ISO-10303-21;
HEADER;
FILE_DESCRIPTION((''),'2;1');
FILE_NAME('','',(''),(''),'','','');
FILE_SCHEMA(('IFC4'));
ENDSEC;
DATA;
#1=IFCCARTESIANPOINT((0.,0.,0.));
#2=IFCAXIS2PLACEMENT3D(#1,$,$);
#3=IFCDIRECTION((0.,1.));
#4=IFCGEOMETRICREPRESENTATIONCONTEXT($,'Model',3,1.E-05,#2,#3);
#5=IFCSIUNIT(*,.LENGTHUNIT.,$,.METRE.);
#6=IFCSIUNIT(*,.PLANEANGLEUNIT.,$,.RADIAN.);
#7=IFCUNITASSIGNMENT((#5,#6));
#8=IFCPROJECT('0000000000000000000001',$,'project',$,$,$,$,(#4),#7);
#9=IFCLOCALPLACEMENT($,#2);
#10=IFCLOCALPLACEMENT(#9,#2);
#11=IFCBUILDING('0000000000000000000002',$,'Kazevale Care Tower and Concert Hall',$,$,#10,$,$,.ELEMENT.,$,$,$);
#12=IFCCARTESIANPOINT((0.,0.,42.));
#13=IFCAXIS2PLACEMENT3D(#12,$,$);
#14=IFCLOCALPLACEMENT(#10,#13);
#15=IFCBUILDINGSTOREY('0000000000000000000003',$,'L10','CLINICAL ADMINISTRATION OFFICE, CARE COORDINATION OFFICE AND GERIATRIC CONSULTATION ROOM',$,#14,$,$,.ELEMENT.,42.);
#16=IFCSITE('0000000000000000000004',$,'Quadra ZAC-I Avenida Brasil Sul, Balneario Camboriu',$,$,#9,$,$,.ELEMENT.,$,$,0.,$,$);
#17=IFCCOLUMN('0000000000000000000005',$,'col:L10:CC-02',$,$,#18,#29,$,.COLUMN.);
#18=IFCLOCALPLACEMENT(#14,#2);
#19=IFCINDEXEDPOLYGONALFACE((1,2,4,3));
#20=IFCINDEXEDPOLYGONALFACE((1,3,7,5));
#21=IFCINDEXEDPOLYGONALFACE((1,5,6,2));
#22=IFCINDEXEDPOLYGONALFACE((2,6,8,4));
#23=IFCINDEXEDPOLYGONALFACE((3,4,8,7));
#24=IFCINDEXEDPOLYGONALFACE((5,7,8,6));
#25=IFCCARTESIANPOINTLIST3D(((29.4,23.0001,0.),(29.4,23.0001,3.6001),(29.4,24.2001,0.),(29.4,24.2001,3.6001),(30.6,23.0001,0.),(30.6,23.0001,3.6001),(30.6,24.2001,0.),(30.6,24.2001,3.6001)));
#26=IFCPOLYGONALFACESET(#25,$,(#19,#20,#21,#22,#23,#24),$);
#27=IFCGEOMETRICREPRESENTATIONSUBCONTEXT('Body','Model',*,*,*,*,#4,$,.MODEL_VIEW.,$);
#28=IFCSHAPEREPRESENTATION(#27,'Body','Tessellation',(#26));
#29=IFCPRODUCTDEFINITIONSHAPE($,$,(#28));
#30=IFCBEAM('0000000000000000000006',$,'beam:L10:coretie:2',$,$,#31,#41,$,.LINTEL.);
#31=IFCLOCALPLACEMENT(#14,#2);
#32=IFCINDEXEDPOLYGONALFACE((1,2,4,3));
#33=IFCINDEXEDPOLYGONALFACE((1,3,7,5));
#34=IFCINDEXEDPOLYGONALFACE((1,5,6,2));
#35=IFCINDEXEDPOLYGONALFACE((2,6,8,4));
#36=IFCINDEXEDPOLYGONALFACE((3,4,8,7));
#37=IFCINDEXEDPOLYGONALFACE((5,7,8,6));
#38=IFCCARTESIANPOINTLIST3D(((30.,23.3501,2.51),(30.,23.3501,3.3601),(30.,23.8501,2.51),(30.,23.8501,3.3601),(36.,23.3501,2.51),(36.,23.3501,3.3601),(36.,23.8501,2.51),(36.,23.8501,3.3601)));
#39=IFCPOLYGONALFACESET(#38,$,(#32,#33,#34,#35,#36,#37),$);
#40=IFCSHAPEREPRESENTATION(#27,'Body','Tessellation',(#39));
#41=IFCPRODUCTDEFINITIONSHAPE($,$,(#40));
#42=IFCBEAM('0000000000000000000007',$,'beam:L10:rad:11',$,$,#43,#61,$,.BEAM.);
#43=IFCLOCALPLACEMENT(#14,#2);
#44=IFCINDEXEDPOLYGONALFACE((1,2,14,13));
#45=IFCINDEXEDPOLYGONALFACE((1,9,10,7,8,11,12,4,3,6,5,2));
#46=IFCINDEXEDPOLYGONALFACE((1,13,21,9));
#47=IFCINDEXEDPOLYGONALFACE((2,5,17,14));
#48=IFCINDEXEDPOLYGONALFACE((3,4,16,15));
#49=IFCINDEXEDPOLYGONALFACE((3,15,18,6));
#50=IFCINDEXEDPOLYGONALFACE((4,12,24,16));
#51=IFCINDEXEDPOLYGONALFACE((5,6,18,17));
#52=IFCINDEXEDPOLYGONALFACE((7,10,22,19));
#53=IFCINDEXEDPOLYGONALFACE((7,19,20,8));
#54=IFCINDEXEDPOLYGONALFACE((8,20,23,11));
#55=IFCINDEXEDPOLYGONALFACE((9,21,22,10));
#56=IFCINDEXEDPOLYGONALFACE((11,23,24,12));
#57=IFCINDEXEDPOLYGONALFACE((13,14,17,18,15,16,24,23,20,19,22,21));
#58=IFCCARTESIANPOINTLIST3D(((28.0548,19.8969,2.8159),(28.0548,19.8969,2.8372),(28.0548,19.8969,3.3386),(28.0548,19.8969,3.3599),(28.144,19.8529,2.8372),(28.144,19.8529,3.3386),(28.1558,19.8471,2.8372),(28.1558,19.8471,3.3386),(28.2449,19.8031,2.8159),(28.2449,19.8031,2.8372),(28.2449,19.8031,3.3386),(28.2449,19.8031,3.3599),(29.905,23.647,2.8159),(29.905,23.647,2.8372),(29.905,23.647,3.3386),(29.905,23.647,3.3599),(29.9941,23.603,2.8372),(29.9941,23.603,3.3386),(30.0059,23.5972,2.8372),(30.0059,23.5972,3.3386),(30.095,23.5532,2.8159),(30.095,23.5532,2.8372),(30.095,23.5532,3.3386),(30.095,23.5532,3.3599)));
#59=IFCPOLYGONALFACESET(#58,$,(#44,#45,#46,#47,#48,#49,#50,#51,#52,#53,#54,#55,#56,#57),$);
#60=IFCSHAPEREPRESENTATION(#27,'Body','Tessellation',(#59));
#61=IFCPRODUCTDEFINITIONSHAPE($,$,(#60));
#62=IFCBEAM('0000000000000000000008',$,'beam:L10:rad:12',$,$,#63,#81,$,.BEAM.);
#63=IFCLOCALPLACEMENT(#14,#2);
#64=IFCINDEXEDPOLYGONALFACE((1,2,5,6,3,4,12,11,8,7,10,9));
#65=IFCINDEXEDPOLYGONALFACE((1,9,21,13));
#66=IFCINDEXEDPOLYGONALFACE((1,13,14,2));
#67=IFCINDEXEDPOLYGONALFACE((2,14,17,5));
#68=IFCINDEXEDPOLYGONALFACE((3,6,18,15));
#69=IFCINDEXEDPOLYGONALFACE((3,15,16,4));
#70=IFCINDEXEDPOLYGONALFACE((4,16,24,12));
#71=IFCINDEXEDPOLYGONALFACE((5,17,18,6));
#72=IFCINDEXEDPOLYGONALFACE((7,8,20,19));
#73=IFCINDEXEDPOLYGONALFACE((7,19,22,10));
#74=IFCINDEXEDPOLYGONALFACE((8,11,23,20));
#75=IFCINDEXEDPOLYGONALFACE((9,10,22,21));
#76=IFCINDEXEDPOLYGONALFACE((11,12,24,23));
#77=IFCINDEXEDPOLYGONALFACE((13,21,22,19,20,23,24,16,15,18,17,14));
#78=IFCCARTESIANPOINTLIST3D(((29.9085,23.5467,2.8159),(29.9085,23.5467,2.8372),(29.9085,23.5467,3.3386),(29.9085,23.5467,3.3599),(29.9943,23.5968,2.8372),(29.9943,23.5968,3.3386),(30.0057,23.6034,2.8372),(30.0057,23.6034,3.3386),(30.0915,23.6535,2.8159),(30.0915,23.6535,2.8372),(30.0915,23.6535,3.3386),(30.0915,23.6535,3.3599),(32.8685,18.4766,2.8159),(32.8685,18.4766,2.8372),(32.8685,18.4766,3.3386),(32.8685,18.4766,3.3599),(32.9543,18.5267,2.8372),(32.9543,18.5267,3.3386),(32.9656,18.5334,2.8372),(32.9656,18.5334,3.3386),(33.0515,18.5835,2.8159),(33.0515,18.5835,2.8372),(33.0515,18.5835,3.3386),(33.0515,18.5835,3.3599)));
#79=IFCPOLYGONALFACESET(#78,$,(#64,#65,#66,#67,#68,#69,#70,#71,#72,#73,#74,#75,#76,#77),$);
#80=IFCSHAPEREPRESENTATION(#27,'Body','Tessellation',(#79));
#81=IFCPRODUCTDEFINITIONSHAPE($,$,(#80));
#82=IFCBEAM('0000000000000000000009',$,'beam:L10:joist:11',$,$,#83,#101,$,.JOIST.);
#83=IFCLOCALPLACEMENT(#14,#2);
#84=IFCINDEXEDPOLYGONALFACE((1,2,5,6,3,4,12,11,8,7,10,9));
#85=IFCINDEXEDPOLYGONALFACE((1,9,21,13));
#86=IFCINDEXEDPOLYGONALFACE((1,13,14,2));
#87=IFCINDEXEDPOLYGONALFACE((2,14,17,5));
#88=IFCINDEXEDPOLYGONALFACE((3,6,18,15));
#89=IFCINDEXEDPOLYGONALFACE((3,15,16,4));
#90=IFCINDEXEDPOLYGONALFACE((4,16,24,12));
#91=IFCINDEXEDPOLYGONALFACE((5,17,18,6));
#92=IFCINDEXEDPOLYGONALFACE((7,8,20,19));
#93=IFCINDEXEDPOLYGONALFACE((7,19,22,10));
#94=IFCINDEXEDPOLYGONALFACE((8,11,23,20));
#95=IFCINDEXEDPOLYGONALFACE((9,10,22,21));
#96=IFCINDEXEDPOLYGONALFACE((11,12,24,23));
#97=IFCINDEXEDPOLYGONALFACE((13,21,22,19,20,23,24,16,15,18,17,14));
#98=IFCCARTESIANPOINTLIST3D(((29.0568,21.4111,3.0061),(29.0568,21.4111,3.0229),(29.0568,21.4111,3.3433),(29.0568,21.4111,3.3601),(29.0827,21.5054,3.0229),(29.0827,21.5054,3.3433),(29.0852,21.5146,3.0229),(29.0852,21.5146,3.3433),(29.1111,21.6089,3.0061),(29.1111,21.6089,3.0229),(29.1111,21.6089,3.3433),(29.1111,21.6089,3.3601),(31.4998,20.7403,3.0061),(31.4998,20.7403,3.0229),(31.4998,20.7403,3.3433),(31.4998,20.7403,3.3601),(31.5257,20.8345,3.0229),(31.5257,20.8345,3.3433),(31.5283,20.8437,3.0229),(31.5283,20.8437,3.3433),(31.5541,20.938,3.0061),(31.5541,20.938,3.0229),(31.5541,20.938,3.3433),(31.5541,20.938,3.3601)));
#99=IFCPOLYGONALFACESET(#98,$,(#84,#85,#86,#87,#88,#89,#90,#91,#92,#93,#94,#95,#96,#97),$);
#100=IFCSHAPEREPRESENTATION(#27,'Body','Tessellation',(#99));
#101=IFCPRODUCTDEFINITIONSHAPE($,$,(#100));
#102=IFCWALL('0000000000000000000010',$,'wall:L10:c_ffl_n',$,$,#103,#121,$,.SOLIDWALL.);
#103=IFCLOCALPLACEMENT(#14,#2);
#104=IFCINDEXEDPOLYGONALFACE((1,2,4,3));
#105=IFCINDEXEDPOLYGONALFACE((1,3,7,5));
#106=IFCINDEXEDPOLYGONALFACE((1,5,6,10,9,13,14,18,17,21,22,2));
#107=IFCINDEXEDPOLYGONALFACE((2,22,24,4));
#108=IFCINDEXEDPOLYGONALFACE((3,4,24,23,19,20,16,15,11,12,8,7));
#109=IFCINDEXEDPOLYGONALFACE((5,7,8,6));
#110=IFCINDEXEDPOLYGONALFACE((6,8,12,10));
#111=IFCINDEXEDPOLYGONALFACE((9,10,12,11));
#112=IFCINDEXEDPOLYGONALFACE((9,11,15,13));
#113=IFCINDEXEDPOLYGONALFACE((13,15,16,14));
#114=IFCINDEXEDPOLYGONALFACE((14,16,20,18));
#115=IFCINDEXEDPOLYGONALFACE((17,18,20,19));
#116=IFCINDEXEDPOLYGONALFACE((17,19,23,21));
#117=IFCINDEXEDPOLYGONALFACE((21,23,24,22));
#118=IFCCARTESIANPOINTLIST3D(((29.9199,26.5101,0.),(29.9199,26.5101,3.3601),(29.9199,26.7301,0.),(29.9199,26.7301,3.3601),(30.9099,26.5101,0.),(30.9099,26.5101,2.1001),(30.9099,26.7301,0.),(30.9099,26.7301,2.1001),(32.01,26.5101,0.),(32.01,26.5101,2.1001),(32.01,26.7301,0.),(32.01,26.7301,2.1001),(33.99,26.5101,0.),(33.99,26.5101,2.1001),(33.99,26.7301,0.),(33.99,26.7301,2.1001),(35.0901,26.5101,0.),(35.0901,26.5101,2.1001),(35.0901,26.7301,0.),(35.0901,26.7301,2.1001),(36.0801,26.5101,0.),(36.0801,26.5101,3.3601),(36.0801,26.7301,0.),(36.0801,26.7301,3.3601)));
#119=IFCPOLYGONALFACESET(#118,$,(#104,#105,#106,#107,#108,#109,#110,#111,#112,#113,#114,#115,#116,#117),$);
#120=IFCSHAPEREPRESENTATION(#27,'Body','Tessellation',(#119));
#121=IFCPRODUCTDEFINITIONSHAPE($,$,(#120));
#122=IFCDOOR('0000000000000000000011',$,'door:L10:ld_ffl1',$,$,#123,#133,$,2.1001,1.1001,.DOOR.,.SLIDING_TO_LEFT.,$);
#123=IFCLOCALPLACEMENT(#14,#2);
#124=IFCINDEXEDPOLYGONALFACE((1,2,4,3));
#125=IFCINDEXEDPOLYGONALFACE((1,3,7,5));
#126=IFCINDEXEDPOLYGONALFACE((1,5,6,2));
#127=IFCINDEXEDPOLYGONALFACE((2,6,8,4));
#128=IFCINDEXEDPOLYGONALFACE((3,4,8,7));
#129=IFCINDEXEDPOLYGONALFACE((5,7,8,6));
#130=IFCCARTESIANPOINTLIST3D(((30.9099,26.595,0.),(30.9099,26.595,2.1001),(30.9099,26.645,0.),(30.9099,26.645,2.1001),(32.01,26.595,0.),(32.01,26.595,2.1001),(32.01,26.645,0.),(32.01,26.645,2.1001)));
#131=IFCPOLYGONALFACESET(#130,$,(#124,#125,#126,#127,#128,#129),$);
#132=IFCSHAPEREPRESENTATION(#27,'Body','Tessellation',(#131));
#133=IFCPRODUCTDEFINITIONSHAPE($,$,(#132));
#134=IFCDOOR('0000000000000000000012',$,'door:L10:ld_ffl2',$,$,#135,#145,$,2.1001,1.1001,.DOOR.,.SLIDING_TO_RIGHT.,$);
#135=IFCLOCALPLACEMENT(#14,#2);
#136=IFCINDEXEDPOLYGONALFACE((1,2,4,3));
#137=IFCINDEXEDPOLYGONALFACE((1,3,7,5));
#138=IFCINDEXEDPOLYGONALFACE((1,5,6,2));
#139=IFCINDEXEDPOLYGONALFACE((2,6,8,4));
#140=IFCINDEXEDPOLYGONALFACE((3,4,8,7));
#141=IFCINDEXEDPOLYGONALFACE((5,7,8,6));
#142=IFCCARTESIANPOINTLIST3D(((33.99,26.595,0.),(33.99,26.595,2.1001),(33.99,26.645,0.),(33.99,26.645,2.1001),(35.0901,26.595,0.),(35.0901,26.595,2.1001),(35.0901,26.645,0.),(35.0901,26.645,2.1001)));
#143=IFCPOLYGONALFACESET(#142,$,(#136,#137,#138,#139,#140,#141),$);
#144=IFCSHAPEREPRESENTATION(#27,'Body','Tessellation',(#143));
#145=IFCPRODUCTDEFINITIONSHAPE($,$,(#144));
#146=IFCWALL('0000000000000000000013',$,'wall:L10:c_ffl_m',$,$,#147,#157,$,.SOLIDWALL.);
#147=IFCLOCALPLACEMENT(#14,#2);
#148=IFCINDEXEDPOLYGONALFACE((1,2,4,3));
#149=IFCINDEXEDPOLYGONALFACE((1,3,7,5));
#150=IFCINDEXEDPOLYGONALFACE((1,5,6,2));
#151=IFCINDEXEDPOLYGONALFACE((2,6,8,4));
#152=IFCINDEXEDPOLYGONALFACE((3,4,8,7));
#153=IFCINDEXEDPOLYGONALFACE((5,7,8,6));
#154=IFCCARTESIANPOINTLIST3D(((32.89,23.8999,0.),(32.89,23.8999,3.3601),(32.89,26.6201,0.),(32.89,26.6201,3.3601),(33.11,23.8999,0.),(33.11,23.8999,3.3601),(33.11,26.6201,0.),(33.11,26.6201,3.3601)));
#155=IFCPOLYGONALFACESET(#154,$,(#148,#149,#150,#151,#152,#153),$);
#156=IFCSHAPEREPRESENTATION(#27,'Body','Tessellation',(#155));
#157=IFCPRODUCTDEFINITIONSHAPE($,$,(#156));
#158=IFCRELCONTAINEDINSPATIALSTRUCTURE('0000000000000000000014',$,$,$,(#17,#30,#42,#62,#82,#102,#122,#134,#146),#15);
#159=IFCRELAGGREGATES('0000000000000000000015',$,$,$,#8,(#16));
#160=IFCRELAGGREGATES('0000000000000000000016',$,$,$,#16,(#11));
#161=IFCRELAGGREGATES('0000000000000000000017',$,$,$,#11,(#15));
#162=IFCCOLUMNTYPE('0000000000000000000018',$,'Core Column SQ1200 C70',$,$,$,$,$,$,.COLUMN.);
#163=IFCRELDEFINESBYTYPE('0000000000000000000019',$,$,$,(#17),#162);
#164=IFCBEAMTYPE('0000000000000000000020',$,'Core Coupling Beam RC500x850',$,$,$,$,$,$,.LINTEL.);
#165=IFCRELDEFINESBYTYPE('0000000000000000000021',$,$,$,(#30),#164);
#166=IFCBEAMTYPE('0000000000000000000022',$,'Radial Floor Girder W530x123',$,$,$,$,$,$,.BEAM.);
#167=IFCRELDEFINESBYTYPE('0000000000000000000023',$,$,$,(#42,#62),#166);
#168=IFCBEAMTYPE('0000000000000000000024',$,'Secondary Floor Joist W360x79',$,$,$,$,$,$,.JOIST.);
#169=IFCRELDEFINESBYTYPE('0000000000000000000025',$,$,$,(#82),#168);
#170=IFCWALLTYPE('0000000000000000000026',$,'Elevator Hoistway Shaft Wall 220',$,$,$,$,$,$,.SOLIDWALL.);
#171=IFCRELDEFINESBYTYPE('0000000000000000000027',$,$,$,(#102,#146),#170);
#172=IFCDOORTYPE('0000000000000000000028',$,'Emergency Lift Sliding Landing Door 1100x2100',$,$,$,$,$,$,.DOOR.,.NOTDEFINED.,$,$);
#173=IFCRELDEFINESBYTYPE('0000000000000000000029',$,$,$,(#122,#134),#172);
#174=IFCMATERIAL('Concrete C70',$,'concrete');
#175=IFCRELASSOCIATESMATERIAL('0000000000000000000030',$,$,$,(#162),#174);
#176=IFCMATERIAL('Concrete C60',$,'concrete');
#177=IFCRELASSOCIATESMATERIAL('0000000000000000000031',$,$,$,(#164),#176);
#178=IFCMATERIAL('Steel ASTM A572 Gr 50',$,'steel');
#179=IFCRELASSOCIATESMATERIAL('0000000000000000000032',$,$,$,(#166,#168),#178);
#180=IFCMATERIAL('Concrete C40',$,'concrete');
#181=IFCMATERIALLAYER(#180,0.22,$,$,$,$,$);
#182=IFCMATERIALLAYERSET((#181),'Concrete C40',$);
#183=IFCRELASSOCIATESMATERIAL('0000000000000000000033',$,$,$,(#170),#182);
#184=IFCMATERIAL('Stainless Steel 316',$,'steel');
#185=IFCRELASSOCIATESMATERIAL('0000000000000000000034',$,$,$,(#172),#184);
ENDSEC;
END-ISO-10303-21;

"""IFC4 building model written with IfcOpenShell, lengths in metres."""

from ifc_helpers import new_model, si_unit, direction, frame, frame_2d, origin, origin_2d, place, context, subcontext, project, spatial, rectangle, i_section, extrude, material, layer, layer_set, material_profile, profile_set, type_object, element, fill, save


model = new_model("IFC4")

# Units and contexts
model_context = context("Model", 3, precision=1e-05, world=origin(), true_north=direction((0.0, 1.0)))
body_context = subcontext(model_context, "Body", "Model", "MODEL_VIEW")
ifc_project = project(units=[si_unit("LENGTHUNIT", "METRE"), si_unit("PLANEANGLEUNIT", "RADIAN")], contexts=[model_context])

# Site, building, storey
site_placement = place(None, origin())
site = spatial("IfcSite", under=ifc_project, at=site_placement, Name="Quadra ZAC-I Avenida Brasil Sul, Balneario Camboriu", CompositionType="ELEMENT", RefElevation=0.0)
building_placement = place(site_placement, origin())
building = spatial("IfcBuilding", under=site, at=building_placement, Name="Kazevale Care Tower and Concert Hall", CompositionType="ELEMENT")
storey_placement = place(building_placement, frame((0.0, 0.0, 42.0)))
storey = spatial("IfcBuildingStorey", under=building, at=storey_placement, Name="L10", Description="CLINICAL ADMINISTRATION OFFICE, CARE COORDINATION OFFICE AND GERIATRIC CONSULTATION ROOM", CompositionType="ELEMENT", Elevation=42.0)

# Column
ifc_material_1 = material(Name="Concrete C70", Category="concrete")
ifc_material_profile_1 = material_profile(ifc_material_1, rectangle(XDim=1.2, YDim=1.2, at=origin_2d()), Name="RC-SQ1200")
ifc_profile_set_1 = profile_set([ifc_material_profile_1], Name="Concrete C70")
column_type = type_object("IfcColumnType", Name="Core Column SQ1200 C70", PredefinedType="COLUMN", material=ifc_profile_set_1)
column_placement = place(storey_placement, frame((30.0, 23.6001, 0.0), z_axis=(0.0, 0.0, 1.0), x_axis=(1.0, 0.0, 0.0)))
element("IfcColumn", 1, at=column_placement, inside=storey, type_object=column_type, Name="col:L10:CC-02", PredefinedType="COLUMN", context=body_context, shape_type="SweptSolid", body=[
    extrude(rectangle(XDim=1.2, YDim=1.2, at=origin_2d()), origin(), (0.0, 0.0, 1.0), 3.6001),
])

# Beams
ifc_material_2 = material(Name="Concrete C60", Category="concrete")
ifc_material_profile_2 = material_profile(ifc_material_2, rectangle(XDim=0.5, YDim=0.8501, at=origin_2d()), Name="RC-B500x850")
ifc_profile_set_2 = profile_set([ifc_material_profile_2], Name="Concrete C60")
beam_type_1 = type_object("IfcBeamType", Name="Core Coupling Beam RC500x850", PredefinedType="LINTEL", material=ifc_profile_set_2)
beam_1_placement = place(storey_placement, frame((30.0, 23.6001, 2.9351), z_axis=(1.0, 0.0, 0.0), x_axis=(0.0, 1.0, 0.0)))
element("IfcBeam", 2, at=beam_1_placement, inside=storey, type_object=beam_type_1, Name="beam:L10:coretie:2", PredefinedType="LINTEL", context=body_context, shape_type="SweptSolid", body=[
    extrude(rectangle(XDim=0.5, YDim=0.8501, at=origin_2d()), origin(), (0.0, 0.0, 1.0), 6.0),
])
ifc_material_3 = material(Name="Steel ASTM A572 Gr 50", Category="steel")
ifc_material_profile_3 = material_profile(ifc_material_3, i_section(OverallWidth=0.2119, OverallDepth=0.5439, WebThickness=0.0132, FlangeThickness=0.0212, at=origin_2d()), Name="W530x123")
ifc_profile_set_3 = profile_set([ifc_material_profile_3], Name="Steel ASTM A572 Gr 50")
beam_type_2 = type_object("IfcBeamType", Name="Radial Floor Girder W530x123", PredefinedType="BEAM", material=ifc_profile_set_3)
beam_2_placement = place(storey_placement, frame((30.0, 23.6001, 3.0879), z_axis=(-0.442443, -0.896797, 0.0), x_axis=(0.896797, -0.442443, 0.0)))
element("IfcBeam", 3, at=beam_2_placement, inside=storey, type_object=beam_type_2, Name="beam:L10:rad:11", PredefinedType="BEAM", context=body_context, shape_type="SweptSolid", body=[
    extrude(i_section(OverallWidth=0.2119, OverallDepth=0.5439, WebThickness=0.0132, FlangeThickness=0.0212, at=origin_2d()), origin(), (0.0, 0.0, 1.0), 4.1816),
])
beam_3_placement = place(storey_placement, frame((30.0, 23.6001, 3.0879), z_axis=(0.504179, -0.863599, 0.0), x_axis=(0.863599, 0.504179, 0.0)))
element("IfcBeam", 4, at=beam_3_placement, inside=storey, type_object=beam_type_2, Name="beam:L10:rad:12", PredefinedType="BEAM", context=body_context, shape_type="SweptSolid", body=[
    extrude(i_section(OverallWidth=0.2119, OverallDepth=0.5439, WebThickness=0.0132, FlangeThickness=0.0212, at=origin_2d()), origin(), (0.0, 0.0, 1.0), 5.8708),
])
ifc_material_profile_4 = material_profile(ifc_material_3, i_section(OverallWidth=0.2051, OverallDepth=0.354, WebThickness=0.0095, FlangeThickness=0.0168, at=origin_2d()), Name="W360x79")
ifc_profile_set_4 = profile_set([ifc_material_profile_4], Name="Steel ASTM A572 Gr 50")
beam_type_3 = type_object("IfcBeamType", Name="Secondary Floor Joist W360x79", PredefinedType="JOIST", material=ifc_profile_set_4)
beam_4_placement = place(storey_placement, frame((29.084, 21.51, 3.1831), z_axis=(0.964302, -0.264805, 0.0), x_axis=(0.264805, 0.964302, 0.0)))
element("IfcBeam", 5, at=beam_4_placement, inside=storey, type_object=beam_type_3, Name="beam:L10:joist:11", PredefinedType="JOIST", context=body_context, shape_type="SweptSolid", body=[
    extrude(i_section(OverallWidth=0.2051, OverallDepth=0.354, WebThickness=0.0095, FlangeThickness=0.0168, at=origin_2d()), origin(), (0.0, 0.0, 1.0), 2.5334),
])

# Wall, openings, doors
ifc_material_4 = material(Name="Concrete C40", Category="concrete")
ifc_layer_1 = layer(ifc_material_4, 0.22)
ifc_layer_set_1 = layer_set([ifc_layer_1], Name="Concrete C40")
wall_type_1 = type_object("IfcWallType", Name="Elevator Hoistway Shaft Wall 220", PredefinedType="SOLIDWALL", material=ifc_layer_set_1)
wall_1_placement = place(storey_placement, frame((29.9199, 26.6201, 0.0), z_axis=(0.0, 0.0, 1.0), x_axis=(1.0, 0.0, 0.0)))
wall_1 = element("IfcWall", 6, at=wall_1_placement, inside=storey, type_object=wall_type_1, Name="wall:L10:c_ffl_n", PredefinedType="SOLIDWALL", context=body_context, shape_type="SweptSolid", body=[
    extrude(rectangle(XDim=6.1602, YDim=0.22, at=frame_2d((3.0801, 0.0))), origin(), (0.0, 0.0, 1.0), 3.3601),
])
opening_1_placement = place(wall_1_placement, frame((0.99, 0.0, 0.0)))
opening_1 = element("IfcOpeningElement", 7, at=opening_1_placement, cuts=wall_1, PredefinedType="OPENING", context=body_context, shape_type="SweptSolid", body=[
    extrude(rectangle(XDim=1.1001, YDim=2.1001, at=frame_2d((0.55, 1.05))), frame((0.0, 0.1199, 0.0), z_axis=(0.0, -1.0, 0.0), x_axis=(1.0, 0.0, 0.0)), (0.0, 0.0, 1.0), 0.24),
])
opening_2_placement = place(wall_1_placement, frame((4.0701, 0.0, 0.0)))
opening_2 = element("IfcOpeningElement", 8, at=opening_2_placement, cuts=wall_1, PredefinedType="OPENING", context=body_context, shape_type="SweptSolid", body=[
    extrude(rectangle(XDim=1.1001, YDim=2.1001, at=frame_2d((0.55, 1.05))), frame((0.0, 0.1199, 0.0), z_axis=(0.0, -1.0, 0.0), x_axis=(1.0, 0.0, 0.0)), (0.0, 0.0, 1.0), 0.24),
])
ifc_material_5 = material(Name="Stainless Steel 316", Category="steel")
door_type_1 = type_object("IfcDoorType", Name="Emergency Lift Sliding Landing Door 1100x2100", OperationType="NOTDEFINED", PredefinedType="DOOR", material=ifc_material_5)
door_1_placement = place(opening_1_placement, origin())
door_1 = element("IfcDoor", 9, at=door_1_placement, inside=storey, type_object=door_type_1, Name="door:L10:ld_ffl1", OperationType="SLIDING_TO_LEFT", OverallHeight=2.1001, OverallWidth=1.1001, PredefinedType="DOOR", context=body_context, shape_type="SweptSolid", body=[
    extrude(rectangle(XDim=1.1001, YDim=2.1001, at=frame_2d((0.55, 1.05))), frame((0.0, 0.0249, 0.0), z_axis=(0.0, -1.0, 0.0), x_axis=(1.0, 0.0, 0.0)), (0.0, 0.0, 1.0), 0.05),
])
fill(opening_1, door_1)
door_2_placement = place(opening_2_placement, origin())
door_2 = element("IfcDoor", 10, at=door_2_placement, inside=storey, type_object=door_type_1, Name="door:L10:ld_ffl2", OperationType="SLIDING_TO_RIGHT", OverallHeight=2.1001, OverallWidth=1.1001, PredefinedType="DOOR", context=body_context, shape_type="SweptSolid", body=[
    extrude(rectangle(XDim=1.1001, YDim=2.1001, at=frame_2d((0.55, 1.05))), frame((0.0, 0.0249, 0.0), z_axis=(0.0, -1.0, 0.0), x_axis=(1.0, 0.0, 0.0)), (0.0, 0.0, 1.0), 0.05),
])
fill(opening_2, door_2)

# Wall
wall_2_placement = place(storey_placement, frame((33.0, 23.8999, 0.0), z_axis=(0.0, 0.0, 1.0), x_axis=(0.0, 1.0, 0.0)))
element("IfcWall", 11, at=wall_2_placement, inside=storey, type_object=wall_type_1, Name="wall:L10:c_ffl_m", PredefinedType="SOLIDWALL", context=body_context, shape_type="SweptSolid", body=[
    extrude(rectangle(XDim=2.7202, YDim=0.22, at=frame_2d((1.3601, 0.0))), origin(), (0.0, 0.0, 1.0), 3.3601),
])

save(model, "model.ifc")
